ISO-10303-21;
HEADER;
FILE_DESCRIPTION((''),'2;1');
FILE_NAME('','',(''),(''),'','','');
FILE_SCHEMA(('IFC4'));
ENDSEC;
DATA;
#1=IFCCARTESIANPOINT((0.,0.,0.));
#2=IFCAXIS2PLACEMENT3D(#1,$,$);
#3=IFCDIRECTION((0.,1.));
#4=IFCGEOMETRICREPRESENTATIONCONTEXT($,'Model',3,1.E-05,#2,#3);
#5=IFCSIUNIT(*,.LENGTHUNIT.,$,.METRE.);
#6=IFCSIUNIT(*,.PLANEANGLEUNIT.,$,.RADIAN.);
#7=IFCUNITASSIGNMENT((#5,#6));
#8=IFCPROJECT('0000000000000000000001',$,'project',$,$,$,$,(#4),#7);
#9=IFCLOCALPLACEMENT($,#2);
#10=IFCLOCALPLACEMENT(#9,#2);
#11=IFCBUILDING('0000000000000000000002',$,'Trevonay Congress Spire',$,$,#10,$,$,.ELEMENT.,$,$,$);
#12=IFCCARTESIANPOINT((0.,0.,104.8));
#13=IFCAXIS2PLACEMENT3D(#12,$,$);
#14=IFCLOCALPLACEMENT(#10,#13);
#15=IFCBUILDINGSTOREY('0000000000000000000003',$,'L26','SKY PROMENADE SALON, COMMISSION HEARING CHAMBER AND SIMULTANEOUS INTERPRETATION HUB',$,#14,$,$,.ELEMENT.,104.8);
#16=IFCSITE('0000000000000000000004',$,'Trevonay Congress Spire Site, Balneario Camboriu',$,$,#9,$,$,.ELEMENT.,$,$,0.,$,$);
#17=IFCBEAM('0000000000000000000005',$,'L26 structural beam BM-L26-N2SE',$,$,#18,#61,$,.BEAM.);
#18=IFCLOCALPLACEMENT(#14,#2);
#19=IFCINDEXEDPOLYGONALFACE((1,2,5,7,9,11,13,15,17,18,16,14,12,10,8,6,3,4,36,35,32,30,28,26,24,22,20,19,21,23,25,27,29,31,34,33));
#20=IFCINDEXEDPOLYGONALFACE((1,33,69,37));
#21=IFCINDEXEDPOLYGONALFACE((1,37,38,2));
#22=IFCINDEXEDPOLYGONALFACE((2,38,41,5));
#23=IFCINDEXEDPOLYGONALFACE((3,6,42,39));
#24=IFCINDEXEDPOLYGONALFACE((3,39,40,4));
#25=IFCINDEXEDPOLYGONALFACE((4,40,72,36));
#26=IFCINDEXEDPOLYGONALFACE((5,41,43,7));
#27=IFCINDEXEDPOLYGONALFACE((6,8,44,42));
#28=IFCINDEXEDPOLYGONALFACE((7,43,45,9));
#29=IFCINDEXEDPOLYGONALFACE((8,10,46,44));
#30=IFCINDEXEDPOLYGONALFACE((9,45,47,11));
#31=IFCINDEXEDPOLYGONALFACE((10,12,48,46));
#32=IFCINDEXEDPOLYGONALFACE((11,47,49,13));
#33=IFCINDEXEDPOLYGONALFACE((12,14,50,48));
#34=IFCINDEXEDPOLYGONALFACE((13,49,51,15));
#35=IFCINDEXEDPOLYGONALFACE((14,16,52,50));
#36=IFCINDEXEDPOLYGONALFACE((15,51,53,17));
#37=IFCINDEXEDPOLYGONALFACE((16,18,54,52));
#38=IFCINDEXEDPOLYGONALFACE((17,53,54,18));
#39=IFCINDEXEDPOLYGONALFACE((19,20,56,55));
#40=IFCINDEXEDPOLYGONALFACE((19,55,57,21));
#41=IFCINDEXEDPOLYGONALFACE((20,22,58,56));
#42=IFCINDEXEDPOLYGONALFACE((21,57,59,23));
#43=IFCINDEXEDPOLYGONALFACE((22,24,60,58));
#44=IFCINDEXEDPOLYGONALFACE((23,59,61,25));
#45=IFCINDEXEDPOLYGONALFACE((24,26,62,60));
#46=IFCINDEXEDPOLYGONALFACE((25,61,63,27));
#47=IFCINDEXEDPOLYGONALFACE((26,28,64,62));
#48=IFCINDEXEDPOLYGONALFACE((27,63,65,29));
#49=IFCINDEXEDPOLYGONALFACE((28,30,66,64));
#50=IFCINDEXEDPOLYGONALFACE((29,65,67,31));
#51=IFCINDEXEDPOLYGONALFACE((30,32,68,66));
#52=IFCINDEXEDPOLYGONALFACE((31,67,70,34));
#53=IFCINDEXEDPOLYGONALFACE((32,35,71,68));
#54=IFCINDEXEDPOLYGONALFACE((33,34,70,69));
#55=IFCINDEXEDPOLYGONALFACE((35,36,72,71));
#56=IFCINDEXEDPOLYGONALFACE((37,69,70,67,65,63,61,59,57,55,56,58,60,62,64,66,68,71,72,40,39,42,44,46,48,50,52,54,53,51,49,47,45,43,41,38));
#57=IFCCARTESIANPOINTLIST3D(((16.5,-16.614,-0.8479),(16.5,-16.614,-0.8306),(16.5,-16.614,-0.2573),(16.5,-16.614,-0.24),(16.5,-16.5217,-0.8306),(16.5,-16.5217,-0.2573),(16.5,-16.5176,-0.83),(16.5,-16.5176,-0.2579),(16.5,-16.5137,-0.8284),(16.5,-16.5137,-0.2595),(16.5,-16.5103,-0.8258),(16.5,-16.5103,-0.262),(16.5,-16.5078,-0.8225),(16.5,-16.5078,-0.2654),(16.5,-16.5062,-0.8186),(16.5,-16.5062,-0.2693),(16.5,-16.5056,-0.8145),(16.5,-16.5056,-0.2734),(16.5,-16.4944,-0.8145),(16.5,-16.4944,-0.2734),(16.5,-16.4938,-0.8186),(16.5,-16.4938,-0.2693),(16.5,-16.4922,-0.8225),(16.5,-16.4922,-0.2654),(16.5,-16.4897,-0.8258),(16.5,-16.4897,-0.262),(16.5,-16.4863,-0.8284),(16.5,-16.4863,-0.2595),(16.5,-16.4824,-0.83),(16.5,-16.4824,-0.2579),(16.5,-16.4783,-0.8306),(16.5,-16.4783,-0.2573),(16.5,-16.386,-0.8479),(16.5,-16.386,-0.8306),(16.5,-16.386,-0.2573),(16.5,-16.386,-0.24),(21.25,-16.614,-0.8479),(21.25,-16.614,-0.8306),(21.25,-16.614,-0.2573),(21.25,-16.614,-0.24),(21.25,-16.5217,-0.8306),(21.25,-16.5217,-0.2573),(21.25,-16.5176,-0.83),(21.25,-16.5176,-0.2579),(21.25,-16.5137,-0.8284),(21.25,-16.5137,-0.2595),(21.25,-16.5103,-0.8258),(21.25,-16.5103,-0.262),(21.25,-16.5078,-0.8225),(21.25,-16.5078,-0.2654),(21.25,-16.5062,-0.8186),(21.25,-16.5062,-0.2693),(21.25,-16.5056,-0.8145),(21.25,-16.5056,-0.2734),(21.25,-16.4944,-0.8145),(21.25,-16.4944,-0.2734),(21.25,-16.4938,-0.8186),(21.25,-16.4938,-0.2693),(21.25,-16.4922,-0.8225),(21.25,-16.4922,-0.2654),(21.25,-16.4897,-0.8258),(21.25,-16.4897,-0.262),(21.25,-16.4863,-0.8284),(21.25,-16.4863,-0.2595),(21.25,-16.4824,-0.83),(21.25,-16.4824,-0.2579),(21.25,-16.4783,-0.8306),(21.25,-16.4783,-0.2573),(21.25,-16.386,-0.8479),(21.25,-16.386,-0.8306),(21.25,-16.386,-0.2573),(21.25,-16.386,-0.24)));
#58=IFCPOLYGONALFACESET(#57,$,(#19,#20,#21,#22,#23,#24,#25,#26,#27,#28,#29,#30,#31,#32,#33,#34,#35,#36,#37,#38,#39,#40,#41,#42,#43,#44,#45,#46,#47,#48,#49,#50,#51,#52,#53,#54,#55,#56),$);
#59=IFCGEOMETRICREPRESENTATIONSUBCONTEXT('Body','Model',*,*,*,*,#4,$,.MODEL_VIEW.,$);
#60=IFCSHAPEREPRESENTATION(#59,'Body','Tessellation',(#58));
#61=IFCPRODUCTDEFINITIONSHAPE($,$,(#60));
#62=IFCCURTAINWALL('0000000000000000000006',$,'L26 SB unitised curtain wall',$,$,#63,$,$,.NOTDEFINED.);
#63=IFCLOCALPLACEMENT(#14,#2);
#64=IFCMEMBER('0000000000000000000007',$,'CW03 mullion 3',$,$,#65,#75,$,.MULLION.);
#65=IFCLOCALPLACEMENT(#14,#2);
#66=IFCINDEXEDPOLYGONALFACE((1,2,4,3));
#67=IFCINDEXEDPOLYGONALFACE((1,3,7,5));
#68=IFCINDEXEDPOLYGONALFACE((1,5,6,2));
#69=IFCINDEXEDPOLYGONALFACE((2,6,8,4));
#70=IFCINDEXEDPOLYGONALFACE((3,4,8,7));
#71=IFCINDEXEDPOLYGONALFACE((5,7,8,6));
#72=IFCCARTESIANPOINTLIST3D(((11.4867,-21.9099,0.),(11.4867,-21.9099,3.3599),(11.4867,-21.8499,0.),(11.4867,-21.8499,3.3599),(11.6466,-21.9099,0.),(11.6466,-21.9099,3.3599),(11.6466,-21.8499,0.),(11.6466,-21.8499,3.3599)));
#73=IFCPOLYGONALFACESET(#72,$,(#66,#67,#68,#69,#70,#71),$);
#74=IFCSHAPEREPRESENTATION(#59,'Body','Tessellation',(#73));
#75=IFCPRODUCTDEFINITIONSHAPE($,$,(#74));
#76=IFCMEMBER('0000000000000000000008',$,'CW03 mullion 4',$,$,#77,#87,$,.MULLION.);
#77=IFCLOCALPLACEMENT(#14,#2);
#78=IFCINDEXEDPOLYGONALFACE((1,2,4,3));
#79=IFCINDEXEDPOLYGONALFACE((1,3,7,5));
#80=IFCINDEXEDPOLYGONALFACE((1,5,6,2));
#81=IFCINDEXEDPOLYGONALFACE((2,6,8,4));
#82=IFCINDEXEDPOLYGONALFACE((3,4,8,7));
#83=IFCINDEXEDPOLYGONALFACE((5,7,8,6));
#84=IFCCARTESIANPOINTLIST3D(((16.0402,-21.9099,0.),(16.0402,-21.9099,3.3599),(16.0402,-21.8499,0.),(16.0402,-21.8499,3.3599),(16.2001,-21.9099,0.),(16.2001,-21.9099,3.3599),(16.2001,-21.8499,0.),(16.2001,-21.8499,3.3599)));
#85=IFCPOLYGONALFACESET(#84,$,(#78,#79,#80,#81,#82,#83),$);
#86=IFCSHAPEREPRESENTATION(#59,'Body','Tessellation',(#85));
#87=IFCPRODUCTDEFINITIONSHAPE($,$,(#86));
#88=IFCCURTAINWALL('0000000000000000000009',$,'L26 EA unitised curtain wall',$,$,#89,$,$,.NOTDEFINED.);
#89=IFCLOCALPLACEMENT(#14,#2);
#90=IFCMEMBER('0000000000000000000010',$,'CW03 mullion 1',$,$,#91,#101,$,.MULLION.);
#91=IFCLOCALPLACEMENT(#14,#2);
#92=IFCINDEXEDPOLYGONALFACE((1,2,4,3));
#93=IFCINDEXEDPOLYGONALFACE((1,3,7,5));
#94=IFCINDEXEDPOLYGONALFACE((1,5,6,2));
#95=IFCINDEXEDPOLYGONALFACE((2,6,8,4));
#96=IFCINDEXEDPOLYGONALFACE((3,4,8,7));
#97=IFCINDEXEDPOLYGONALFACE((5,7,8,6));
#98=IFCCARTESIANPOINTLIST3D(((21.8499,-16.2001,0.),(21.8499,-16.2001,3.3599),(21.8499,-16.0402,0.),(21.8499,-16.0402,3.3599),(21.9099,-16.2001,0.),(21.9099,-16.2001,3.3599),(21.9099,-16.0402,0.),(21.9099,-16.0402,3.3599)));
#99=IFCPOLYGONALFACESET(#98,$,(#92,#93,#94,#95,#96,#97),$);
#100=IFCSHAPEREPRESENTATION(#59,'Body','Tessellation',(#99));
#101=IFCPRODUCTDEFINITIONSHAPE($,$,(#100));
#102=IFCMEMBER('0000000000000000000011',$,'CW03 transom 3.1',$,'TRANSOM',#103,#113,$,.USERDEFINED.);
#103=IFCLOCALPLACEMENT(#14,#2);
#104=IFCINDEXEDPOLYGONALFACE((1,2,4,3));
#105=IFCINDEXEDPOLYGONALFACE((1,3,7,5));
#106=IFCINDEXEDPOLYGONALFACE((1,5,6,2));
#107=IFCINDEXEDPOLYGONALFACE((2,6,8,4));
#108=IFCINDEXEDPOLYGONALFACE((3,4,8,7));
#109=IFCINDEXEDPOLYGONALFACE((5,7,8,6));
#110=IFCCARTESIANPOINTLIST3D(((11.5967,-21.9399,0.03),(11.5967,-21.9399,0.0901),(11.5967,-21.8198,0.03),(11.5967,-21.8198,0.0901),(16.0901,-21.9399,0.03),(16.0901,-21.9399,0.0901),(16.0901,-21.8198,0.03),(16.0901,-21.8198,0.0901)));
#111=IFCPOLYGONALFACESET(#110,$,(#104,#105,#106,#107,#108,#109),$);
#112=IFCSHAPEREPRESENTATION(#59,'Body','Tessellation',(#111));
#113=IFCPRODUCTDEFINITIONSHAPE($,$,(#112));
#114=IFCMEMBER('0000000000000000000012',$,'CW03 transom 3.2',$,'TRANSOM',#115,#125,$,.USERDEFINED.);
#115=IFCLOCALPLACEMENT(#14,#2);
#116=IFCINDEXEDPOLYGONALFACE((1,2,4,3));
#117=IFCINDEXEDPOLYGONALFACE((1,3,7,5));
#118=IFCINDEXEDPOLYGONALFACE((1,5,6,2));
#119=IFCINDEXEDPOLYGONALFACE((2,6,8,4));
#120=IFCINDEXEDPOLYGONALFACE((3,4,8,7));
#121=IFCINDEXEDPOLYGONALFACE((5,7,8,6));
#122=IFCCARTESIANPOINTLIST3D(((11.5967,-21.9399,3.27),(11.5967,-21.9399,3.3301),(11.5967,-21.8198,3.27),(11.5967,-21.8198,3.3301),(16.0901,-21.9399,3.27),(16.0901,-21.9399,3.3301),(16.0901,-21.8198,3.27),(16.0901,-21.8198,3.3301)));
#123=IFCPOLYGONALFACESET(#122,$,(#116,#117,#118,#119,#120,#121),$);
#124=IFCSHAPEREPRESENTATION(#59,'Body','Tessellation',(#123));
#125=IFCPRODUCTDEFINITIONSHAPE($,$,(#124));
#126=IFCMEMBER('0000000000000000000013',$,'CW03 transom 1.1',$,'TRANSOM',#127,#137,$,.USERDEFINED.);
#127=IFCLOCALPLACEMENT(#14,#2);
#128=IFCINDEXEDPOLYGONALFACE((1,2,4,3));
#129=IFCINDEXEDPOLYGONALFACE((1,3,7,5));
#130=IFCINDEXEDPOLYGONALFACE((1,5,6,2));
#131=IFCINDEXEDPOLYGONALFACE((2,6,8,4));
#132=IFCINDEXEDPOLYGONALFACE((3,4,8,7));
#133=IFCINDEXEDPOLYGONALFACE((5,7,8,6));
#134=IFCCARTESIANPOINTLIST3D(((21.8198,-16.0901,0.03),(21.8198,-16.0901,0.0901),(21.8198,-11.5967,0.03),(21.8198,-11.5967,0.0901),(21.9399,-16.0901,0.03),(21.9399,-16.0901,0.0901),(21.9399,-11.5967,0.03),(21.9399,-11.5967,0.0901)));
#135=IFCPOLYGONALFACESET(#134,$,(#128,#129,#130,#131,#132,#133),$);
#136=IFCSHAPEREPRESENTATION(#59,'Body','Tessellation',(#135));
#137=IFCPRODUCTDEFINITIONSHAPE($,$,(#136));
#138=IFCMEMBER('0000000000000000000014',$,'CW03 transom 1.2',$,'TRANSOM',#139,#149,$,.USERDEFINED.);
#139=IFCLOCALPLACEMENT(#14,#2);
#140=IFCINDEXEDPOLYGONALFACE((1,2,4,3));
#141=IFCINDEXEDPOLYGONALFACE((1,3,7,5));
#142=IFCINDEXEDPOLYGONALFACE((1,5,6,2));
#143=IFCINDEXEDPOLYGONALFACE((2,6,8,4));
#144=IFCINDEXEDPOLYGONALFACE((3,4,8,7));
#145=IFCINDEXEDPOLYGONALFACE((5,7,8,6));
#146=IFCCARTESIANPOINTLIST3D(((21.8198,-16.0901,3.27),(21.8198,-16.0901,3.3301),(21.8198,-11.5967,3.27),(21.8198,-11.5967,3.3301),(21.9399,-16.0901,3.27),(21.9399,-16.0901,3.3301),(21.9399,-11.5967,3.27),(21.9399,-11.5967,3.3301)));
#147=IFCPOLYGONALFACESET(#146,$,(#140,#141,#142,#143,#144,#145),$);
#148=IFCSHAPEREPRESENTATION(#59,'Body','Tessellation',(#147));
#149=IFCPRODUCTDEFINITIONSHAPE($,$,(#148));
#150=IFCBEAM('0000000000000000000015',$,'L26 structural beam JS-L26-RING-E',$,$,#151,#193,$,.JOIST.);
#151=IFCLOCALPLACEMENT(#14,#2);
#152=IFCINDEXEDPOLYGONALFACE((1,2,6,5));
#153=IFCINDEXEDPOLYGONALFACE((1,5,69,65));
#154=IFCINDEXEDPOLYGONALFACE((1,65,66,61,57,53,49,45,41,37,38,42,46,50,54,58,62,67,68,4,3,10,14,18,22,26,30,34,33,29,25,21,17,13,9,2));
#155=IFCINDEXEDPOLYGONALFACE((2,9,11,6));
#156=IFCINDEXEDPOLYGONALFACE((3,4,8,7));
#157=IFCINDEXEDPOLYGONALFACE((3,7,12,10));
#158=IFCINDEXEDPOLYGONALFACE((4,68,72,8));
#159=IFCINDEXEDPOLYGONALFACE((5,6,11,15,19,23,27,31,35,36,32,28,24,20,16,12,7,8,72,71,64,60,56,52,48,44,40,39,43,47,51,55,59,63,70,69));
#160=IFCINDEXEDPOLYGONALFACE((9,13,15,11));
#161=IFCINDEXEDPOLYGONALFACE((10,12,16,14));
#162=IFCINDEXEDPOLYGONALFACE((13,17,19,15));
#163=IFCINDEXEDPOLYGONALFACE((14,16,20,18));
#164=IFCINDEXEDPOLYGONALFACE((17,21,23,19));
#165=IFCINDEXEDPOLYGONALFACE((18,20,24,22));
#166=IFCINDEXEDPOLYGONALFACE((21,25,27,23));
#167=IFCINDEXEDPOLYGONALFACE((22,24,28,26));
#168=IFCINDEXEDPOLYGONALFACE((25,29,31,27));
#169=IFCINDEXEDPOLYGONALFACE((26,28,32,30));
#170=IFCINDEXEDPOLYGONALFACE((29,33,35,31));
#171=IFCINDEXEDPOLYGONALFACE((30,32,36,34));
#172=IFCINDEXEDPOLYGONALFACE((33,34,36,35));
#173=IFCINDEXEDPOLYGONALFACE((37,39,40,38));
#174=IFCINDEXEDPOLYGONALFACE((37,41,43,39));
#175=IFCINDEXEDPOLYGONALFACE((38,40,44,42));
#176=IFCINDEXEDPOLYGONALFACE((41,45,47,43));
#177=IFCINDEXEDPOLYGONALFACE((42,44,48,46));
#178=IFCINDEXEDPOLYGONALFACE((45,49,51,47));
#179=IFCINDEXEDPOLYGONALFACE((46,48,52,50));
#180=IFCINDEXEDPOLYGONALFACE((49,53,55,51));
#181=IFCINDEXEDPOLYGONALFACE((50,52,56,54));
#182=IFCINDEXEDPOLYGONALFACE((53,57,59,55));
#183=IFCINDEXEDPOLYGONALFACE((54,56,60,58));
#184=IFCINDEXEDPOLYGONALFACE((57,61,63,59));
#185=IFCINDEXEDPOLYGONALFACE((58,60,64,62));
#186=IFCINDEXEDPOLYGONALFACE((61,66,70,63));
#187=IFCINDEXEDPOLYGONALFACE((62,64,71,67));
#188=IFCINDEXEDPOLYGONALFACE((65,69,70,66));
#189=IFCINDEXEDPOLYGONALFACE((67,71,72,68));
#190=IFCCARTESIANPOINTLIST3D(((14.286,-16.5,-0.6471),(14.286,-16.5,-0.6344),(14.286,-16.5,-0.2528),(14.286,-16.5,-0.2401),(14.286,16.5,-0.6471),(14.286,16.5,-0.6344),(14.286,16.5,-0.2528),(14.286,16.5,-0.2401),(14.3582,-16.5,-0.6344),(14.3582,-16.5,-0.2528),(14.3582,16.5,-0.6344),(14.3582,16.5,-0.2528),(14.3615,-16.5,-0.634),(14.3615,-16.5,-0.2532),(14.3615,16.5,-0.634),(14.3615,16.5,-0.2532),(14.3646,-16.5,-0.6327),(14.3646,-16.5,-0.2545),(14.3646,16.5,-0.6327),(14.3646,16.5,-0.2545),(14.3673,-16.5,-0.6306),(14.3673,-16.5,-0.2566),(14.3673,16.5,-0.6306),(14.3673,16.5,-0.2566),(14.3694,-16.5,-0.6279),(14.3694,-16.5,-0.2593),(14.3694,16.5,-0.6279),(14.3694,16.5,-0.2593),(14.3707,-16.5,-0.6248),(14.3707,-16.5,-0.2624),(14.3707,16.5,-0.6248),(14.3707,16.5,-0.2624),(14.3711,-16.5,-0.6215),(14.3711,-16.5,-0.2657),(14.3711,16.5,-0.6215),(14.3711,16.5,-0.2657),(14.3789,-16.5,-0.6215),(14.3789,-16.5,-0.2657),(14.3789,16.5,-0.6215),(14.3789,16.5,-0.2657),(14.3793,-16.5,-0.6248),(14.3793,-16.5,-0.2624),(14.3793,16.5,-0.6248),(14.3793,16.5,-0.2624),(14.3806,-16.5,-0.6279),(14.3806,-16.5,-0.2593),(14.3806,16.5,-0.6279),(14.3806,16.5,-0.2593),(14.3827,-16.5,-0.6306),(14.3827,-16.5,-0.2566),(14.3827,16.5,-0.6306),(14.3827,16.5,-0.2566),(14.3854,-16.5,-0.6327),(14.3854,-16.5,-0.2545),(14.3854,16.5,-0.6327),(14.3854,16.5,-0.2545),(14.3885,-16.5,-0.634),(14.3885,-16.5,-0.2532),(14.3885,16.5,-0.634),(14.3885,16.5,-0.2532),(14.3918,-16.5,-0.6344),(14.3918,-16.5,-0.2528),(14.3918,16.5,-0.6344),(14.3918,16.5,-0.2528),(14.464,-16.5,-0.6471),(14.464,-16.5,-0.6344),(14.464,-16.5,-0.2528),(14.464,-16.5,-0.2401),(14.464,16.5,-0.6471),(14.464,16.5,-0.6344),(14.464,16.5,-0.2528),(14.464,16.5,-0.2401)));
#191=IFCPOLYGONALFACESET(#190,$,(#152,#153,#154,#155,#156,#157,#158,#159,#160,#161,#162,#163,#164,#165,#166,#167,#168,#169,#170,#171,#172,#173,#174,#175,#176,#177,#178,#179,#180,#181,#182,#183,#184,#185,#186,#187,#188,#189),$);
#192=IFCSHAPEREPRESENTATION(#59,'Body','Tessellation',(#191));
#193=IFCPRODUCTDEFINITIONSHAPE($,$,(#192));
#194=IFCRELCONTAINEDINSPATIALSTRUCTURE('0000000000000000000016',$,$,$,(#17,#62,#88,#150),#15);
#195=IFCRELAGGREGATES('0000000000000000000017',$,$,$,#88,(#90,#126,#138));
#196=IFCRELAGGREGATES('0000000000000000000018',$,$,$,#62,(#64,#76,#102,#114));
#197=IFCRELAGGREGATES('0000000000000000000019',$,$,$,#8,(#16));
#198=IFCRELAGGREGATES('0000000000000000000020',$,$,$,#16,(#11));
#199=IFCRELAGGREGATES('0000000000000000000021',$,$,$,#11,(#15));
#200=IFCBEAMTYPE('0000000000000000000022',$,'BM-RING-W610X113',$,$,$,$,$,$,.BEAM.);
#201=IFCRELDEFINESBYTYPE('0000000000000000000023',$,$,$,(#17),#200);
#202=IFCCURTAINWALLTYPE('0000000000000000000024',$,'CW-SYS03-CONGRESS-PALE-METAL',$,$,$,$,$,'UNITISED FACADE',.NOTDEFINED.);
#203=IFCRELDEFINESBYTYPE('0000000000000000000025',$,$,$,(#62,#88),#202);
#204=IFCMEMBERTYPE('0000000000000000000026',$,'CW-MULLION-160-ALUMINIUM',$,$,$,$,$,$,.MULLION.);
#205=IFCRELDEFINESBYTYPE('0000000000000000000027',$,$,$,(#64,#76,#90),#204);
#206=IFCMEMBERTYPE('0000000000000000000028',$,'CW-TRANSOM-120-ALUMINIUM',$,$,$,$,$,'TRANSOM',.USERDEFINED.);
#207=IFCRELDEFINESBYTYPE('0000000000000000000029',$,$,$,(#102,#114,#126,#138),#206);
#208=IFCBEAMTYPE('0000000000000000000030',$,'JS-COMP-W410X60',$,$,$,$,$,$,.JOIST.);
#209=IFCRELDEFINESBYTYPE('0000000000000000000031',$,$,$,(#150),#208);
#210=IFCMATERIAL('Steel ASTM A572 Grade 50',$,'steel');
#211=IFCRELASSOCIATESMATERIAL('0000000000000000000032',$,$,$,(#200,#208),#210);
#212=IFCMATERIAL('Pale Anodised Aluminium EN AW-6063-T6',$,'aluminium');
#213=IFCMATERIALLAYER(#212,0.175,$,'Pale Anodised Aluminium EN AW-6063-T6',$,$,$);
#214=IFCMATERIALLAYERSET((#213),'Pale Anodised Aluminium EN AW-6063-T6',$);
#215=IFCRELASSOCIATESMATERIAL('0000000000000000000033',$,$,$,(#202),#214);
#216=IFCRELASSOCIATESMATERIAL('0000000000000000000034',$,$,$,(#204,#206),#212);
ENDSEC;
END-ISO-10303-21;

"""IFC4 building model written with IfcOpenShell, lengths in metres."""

from ifc_helpers import new_model, si_unit, direction, frame, origin, origin_2d, place, context, subcontext, project, spatial, rectangle, i_section, extrude, material, layer, layer_set, material_profile, profile_set, type_object, element, aggregate, save


model = new_model("IFC4")

# Units and contexts
model_context = context("Model", 3, precision=1e-05, world=origin(), true_north=direction((0.0, 1.0)))
body_context = subcontext(model_context, "Body", "Model", "MODEL_VIEW")
ifc_project = project(units=[si_unit("LENGTHUNIT", "METRE"), si_unit("PLANEANGLEUNIT", "RADIAN")], contexts=[model_context])

# Site, building, storey
site_placement = place(None, origin())
site = spatial("IfcSite", under=ifc_project, at=site_placement, Name="Trevonay Congress Spire Site, Balneario Camboriu", CompositionType="ELEMENT", RefElevation=0.0)
building_placement = place(site_placement, origin())
building = spatial("IfcBuilding", under=site, at=building_placement, Name="Trevonay Congress Spire", CompositionType="ELEMENT")
storey_placement = place(building_placement, frame((0.0, 0.0, 104.8)))
storey = spatial("IfcBuildingStorey", under=building, at=storey_placement, Name="L26", Description="SKY PROMENADE SALON, COMMISSION HEARING CHAMBER AND SIMULTANEOUS INTERPRETATION HUB", CompositionType="ELEMENT", Elevation=104.8)

# Shared definitions
ifc_material_1 = material(Name="Steel ASTM A572 Grade 50", Category="steel")

# Beam
ifc_material_profile_1 = material_profile(ifc_material_1, i_section(OverallWidth=0.228, OverallDepth=0.6079, WebThickness=0.0112, FlangeThickness=0.0173, FilletRadius=0.0161, at=origin_2d()), Name="W610x113")
ifc_profile_set_1 = profile_set([ifc_material_profile_1], Name="Steel ASTM A572 Grade 50")
beam_type_1 = type_object("IfcBeamType", Name="BM-RING-W610X113", PredefinedType="BEAM", material=ifc_profile_set_1)
for number, where, z_axis, x_axis, name in (
    (1, (21.25, -16.5, -0.5439), (-1.0, 0.0, 0.0), (0.0, -1.0, 0.0), "L26 structural beam BM-L26-N2SE"),
):
    element("IfcBeam", number, at=place(storey_placement, frame(where, z_axis=z_axis, x_axis=x_axis)), inside=storey, type_object=beam_type_1, Name=name, PredefinedType="BEAM", context=body_context, shape_type="SweptSolid", body=[
        extrude(i_section(OverallWidth=0.228, OverallDepth=0.6079, WebThickness=0.0112, FlangeThickness=0.0173, FilletRadius=0.0161, at=origin_2d()), origin(), (0.0, 0.0, 1.0), 4.75),
    ])

# Curtain wall, members
ifc_material_2 = material(Name="Pale Anodised Aluminium EN AW-6063-T6", Category="aluminium")
ifc_layer_1 = layer(ifc_material_2, 0.175, Name="Pale Anodised Aluminium EN AW-6063-T6")
ifc_layer_set_1 = layer_set([ifc_layer_1], Name="Pale Anodised Aluminium EN AW-6063-T6")
curtain_wall_type = type_object("IfcCurtainWallType", Name="CW-SYS03-CONGRESS-PALE-METAL", ElementType="UNITISED FACADE", PredefinedType="NOTDEFINED", material=ifc_layer_set_1)
curtain_wall_1_placement = place(storey_placement, origin())
curtain_wall_1 = element("IfcCurtainWall", 2, at=curtain_wall_1_placement, inside=storey, type_object=curtain_wall_type, Name="L26 SB unitised curtain wall", PredefinedType="NOTDEFINED")
ifc_material_profile_2 = material_profile(ifc_material_2, rectangle(XDim=0.0601, YDim=0.1599, at=origin_2d()), Name="CW-MULLION-160-ALUMINIUM")
ifc_profile_set_2 = profile_set([ifc_material_profile_2], Name="Pale Anodised Aluminium EN AW-6063-T6")
member_type_1 = type_object("IfcMemberType", Name="CW-MULLION-160-ALUMINIUM", PredefinedType="MULLION", material=ifc_profile_set_2)
member_1_placement = place(storey_placement, frame((11.5667, -21.8799, 0.0), z_axis=(0.0, 0.0, 1.0), x_axis=(0.0, 1.0, 0.0)))
member_1 = element("IfcMember", 3, at=member_1_placement, type_object=member_type_1, Name="CW03 mullion 3", PredefinedType="MULLION", context=body_context, shape_type="SweptSolid", body=[
    extrude(rectangle(XDim=0.0601, YDim=0.1599, at=origin_2d()), origin(), (0.0, 0.0, 1.0), 3.3599),
])
member_2_placement = place(storey_placement, frame((16.1201, -21.8799, 0.0), z_axis=(0.0, 0.0, 1.0), x_axis=(0.0, 1.0, 0.0)))
member_2 = element("IfcMember", 4, at=member_2_placement, type_object=member_type_1, Name="CW03 mullion 4", PredefinedType="MULLION", context=body_context, shape_type="SweptSolid", body=[
    extrude(rectangle(XDim=0.0601, YDim=0.1599, at=origin_2d()), origin(), (0.0, 0.0, 1.0), 3.3599),
])

# Curtain wall, member
curtain_wall_2_placement = place(storey_placement, origin())
curtain_wall_2 = element("IfcCurtainWall", 5, at=curtain_wall_2_placement, inside=storey, type_object=curtain_wall_type, Name="L26 EA unitised curtain wall", PredefinedType="NOTDEFINED")
member_3_placement = place(storey_placement, frame((21.8799, -16.1201, 0.0), z_axis=(0.0, 0.0, 1.0), x_axis=(-1.0, 0.0, 0.0)))
member_3 = element("IfcMember", 6, at=member_3_placement, type_object=member_type_1, Name="CW03 mullion 1", PredefinedType="MULLION", context=body_context, shape_type="SweptSolid", body=[
    extrude(rectangle(XDim=0.0601, YDim=0.1599, at=origin_2d()), origin(), (0.0, 0.0, 1.0), 3.3599),
])

# Members
ifc_material_profile_3 = material_profile(ifc_material_2, rectangle(XDim=0.1201, YDim=0.0601, at=origin_2d()), Name="CW-TRANSOM-120-ALUMINIUM")
ifc_profile_set_3 = profile_set([ifc_material_profile_3], Name="Pale Anodised Aluminium EN AW-6063-T6")
member_type_2 = type_object("IfcMemberType", Name="CW-TRANSOM-120-ALUMINIUM", ElementType="TRANSOM", PredefinedType="USERDEFINED", material=ifc_profile_set_3)
member_4_placement = place(storey_placement, frame((11.5967, -21.8799, 0.0601), z_axis=(1.0, 0.0, 0.0), x_axis=(0.0, 1.0, 0.0)))
member_4 = element("IfcMember", 7, at=member_4_placement, type_object=member_type_2, Name="CW03 transom 3.1", ObjectType="TRANSOM", PredefinedType="USERDEFINED", context=body_context, shape_type="SweptSolid", body=[
    extrude(rectangle(XDim=0.1201, YDim=0.0601, at=origin_2d()), origin(), (0.0, 0.0, 1.0), 4.4934),
])
member_5_placement = place(storey_placement, frame((11.5967, -21.8799, 3.3), z_axis=(1.0, 0.0, 0.0), x_axis=(0.0, 1.0, 0.0)))
member_5 = element("IfcMember", 8, at=member_5_placement, type_object=member_type_2, Name="CW03 transom 3.2", ObjectType="TRANSOM", PredefinedType="USERDEFINED", context=body_context, shape_type="SweptSolid", body=[
    extrude(rectangle(XDim=0.1201, YDim=0.0601, at=origin_2d()), origin(), (0.0, 0.0, 1.0), 4.4934),
])
member_6_placement = place(storey_placement, frame((21.8799, -16.0901, 0.0601), z_axis=(0.0, 1.0, 0.0), x_axis=(-1.0, 0.0, 0.0)))
member_6 = element("IfcMember", 9, at=member_6_placement, type_object=member_type_2, Name="CW03 transom 1.1", ObjectType="TRANSOM", PredefinedType="USERDEFINED", context=body_context, shape_type="SweptSolid", body=[
    extrude(rectangle(XDim=0.1201, YDim=0.0601, at=origin_2d()), origin(), (0.0, 0.0, 1.0), 4.4934),
])
member_7_placement = place(storey_placement, frame((21.8799, -16.0901, 3.3), z_axis=(0.0, 1.0, 0.0), x_axis=(-1.0, 0.0, 0.0)))
member_7 = element("IfcMember", 10, at=member_7_placement, type_object=member_type_2, Name="CW03 transom 1.2", ObjectType="TRANSOM", PredefinedType="USERDEFINED", context=body_context, shape_type="SweptSolid", body=[
    extrude(rectangle(XDim=0.1201, YDim=0.0601, at=origin_2d()), origin(), (0.0, 0.0, 1.0), 4.4934),
])
aggregate(curtain_wall_2, [member_3, member_6, member_7])

# Beam
ifc_material_profile_4 = material_profile(ifc_material_1, i_section(OverallWidth=0.178, OverallDepth=0.407, WebThickness=0.0078, FlangeThickness=0.0127, FilletRadius=0.0129, at=origin_2d()), Name="W410x60")
ifc_profile_set_4 = profile_set([ifc_material_profile_4], Name="Steel ASTM A572 Grade 50")
beam_type_2 = type_object("IfcBeamType", Name="JS-COMP-W410X60", PredefinedType="JOIST", material=ifc_profile_set_4)
beam_placement = place(storey_placement, frame((14.375, -16.5, -0.4436), z_axis=(0.0, 1.0, 0.0), x_axis=(-1.0, 0.0, 0.0)))
element("IfcBeam", 11, at=beam_placement, inside=storey, type_object=beam_type_2, Name="L26 structural beam JS-L26-RING-E", PredefinedType="JOIST", context=body_context, shape_type="SweptSolid", body=[
    extrude(i_section(OverallWidth=0.178, OverallDepth=0.407, WebThickness=0.0078, FlangeThickness=0.0127, FilletRadius=0.0129, at=origin_2d()), origin(), (0.0, 0.0, 1.0), 33.0),
])

aggregate(curtain_wall_1, [member_1, member_2, member_4, member_5])

save(model, "model.ifc")
